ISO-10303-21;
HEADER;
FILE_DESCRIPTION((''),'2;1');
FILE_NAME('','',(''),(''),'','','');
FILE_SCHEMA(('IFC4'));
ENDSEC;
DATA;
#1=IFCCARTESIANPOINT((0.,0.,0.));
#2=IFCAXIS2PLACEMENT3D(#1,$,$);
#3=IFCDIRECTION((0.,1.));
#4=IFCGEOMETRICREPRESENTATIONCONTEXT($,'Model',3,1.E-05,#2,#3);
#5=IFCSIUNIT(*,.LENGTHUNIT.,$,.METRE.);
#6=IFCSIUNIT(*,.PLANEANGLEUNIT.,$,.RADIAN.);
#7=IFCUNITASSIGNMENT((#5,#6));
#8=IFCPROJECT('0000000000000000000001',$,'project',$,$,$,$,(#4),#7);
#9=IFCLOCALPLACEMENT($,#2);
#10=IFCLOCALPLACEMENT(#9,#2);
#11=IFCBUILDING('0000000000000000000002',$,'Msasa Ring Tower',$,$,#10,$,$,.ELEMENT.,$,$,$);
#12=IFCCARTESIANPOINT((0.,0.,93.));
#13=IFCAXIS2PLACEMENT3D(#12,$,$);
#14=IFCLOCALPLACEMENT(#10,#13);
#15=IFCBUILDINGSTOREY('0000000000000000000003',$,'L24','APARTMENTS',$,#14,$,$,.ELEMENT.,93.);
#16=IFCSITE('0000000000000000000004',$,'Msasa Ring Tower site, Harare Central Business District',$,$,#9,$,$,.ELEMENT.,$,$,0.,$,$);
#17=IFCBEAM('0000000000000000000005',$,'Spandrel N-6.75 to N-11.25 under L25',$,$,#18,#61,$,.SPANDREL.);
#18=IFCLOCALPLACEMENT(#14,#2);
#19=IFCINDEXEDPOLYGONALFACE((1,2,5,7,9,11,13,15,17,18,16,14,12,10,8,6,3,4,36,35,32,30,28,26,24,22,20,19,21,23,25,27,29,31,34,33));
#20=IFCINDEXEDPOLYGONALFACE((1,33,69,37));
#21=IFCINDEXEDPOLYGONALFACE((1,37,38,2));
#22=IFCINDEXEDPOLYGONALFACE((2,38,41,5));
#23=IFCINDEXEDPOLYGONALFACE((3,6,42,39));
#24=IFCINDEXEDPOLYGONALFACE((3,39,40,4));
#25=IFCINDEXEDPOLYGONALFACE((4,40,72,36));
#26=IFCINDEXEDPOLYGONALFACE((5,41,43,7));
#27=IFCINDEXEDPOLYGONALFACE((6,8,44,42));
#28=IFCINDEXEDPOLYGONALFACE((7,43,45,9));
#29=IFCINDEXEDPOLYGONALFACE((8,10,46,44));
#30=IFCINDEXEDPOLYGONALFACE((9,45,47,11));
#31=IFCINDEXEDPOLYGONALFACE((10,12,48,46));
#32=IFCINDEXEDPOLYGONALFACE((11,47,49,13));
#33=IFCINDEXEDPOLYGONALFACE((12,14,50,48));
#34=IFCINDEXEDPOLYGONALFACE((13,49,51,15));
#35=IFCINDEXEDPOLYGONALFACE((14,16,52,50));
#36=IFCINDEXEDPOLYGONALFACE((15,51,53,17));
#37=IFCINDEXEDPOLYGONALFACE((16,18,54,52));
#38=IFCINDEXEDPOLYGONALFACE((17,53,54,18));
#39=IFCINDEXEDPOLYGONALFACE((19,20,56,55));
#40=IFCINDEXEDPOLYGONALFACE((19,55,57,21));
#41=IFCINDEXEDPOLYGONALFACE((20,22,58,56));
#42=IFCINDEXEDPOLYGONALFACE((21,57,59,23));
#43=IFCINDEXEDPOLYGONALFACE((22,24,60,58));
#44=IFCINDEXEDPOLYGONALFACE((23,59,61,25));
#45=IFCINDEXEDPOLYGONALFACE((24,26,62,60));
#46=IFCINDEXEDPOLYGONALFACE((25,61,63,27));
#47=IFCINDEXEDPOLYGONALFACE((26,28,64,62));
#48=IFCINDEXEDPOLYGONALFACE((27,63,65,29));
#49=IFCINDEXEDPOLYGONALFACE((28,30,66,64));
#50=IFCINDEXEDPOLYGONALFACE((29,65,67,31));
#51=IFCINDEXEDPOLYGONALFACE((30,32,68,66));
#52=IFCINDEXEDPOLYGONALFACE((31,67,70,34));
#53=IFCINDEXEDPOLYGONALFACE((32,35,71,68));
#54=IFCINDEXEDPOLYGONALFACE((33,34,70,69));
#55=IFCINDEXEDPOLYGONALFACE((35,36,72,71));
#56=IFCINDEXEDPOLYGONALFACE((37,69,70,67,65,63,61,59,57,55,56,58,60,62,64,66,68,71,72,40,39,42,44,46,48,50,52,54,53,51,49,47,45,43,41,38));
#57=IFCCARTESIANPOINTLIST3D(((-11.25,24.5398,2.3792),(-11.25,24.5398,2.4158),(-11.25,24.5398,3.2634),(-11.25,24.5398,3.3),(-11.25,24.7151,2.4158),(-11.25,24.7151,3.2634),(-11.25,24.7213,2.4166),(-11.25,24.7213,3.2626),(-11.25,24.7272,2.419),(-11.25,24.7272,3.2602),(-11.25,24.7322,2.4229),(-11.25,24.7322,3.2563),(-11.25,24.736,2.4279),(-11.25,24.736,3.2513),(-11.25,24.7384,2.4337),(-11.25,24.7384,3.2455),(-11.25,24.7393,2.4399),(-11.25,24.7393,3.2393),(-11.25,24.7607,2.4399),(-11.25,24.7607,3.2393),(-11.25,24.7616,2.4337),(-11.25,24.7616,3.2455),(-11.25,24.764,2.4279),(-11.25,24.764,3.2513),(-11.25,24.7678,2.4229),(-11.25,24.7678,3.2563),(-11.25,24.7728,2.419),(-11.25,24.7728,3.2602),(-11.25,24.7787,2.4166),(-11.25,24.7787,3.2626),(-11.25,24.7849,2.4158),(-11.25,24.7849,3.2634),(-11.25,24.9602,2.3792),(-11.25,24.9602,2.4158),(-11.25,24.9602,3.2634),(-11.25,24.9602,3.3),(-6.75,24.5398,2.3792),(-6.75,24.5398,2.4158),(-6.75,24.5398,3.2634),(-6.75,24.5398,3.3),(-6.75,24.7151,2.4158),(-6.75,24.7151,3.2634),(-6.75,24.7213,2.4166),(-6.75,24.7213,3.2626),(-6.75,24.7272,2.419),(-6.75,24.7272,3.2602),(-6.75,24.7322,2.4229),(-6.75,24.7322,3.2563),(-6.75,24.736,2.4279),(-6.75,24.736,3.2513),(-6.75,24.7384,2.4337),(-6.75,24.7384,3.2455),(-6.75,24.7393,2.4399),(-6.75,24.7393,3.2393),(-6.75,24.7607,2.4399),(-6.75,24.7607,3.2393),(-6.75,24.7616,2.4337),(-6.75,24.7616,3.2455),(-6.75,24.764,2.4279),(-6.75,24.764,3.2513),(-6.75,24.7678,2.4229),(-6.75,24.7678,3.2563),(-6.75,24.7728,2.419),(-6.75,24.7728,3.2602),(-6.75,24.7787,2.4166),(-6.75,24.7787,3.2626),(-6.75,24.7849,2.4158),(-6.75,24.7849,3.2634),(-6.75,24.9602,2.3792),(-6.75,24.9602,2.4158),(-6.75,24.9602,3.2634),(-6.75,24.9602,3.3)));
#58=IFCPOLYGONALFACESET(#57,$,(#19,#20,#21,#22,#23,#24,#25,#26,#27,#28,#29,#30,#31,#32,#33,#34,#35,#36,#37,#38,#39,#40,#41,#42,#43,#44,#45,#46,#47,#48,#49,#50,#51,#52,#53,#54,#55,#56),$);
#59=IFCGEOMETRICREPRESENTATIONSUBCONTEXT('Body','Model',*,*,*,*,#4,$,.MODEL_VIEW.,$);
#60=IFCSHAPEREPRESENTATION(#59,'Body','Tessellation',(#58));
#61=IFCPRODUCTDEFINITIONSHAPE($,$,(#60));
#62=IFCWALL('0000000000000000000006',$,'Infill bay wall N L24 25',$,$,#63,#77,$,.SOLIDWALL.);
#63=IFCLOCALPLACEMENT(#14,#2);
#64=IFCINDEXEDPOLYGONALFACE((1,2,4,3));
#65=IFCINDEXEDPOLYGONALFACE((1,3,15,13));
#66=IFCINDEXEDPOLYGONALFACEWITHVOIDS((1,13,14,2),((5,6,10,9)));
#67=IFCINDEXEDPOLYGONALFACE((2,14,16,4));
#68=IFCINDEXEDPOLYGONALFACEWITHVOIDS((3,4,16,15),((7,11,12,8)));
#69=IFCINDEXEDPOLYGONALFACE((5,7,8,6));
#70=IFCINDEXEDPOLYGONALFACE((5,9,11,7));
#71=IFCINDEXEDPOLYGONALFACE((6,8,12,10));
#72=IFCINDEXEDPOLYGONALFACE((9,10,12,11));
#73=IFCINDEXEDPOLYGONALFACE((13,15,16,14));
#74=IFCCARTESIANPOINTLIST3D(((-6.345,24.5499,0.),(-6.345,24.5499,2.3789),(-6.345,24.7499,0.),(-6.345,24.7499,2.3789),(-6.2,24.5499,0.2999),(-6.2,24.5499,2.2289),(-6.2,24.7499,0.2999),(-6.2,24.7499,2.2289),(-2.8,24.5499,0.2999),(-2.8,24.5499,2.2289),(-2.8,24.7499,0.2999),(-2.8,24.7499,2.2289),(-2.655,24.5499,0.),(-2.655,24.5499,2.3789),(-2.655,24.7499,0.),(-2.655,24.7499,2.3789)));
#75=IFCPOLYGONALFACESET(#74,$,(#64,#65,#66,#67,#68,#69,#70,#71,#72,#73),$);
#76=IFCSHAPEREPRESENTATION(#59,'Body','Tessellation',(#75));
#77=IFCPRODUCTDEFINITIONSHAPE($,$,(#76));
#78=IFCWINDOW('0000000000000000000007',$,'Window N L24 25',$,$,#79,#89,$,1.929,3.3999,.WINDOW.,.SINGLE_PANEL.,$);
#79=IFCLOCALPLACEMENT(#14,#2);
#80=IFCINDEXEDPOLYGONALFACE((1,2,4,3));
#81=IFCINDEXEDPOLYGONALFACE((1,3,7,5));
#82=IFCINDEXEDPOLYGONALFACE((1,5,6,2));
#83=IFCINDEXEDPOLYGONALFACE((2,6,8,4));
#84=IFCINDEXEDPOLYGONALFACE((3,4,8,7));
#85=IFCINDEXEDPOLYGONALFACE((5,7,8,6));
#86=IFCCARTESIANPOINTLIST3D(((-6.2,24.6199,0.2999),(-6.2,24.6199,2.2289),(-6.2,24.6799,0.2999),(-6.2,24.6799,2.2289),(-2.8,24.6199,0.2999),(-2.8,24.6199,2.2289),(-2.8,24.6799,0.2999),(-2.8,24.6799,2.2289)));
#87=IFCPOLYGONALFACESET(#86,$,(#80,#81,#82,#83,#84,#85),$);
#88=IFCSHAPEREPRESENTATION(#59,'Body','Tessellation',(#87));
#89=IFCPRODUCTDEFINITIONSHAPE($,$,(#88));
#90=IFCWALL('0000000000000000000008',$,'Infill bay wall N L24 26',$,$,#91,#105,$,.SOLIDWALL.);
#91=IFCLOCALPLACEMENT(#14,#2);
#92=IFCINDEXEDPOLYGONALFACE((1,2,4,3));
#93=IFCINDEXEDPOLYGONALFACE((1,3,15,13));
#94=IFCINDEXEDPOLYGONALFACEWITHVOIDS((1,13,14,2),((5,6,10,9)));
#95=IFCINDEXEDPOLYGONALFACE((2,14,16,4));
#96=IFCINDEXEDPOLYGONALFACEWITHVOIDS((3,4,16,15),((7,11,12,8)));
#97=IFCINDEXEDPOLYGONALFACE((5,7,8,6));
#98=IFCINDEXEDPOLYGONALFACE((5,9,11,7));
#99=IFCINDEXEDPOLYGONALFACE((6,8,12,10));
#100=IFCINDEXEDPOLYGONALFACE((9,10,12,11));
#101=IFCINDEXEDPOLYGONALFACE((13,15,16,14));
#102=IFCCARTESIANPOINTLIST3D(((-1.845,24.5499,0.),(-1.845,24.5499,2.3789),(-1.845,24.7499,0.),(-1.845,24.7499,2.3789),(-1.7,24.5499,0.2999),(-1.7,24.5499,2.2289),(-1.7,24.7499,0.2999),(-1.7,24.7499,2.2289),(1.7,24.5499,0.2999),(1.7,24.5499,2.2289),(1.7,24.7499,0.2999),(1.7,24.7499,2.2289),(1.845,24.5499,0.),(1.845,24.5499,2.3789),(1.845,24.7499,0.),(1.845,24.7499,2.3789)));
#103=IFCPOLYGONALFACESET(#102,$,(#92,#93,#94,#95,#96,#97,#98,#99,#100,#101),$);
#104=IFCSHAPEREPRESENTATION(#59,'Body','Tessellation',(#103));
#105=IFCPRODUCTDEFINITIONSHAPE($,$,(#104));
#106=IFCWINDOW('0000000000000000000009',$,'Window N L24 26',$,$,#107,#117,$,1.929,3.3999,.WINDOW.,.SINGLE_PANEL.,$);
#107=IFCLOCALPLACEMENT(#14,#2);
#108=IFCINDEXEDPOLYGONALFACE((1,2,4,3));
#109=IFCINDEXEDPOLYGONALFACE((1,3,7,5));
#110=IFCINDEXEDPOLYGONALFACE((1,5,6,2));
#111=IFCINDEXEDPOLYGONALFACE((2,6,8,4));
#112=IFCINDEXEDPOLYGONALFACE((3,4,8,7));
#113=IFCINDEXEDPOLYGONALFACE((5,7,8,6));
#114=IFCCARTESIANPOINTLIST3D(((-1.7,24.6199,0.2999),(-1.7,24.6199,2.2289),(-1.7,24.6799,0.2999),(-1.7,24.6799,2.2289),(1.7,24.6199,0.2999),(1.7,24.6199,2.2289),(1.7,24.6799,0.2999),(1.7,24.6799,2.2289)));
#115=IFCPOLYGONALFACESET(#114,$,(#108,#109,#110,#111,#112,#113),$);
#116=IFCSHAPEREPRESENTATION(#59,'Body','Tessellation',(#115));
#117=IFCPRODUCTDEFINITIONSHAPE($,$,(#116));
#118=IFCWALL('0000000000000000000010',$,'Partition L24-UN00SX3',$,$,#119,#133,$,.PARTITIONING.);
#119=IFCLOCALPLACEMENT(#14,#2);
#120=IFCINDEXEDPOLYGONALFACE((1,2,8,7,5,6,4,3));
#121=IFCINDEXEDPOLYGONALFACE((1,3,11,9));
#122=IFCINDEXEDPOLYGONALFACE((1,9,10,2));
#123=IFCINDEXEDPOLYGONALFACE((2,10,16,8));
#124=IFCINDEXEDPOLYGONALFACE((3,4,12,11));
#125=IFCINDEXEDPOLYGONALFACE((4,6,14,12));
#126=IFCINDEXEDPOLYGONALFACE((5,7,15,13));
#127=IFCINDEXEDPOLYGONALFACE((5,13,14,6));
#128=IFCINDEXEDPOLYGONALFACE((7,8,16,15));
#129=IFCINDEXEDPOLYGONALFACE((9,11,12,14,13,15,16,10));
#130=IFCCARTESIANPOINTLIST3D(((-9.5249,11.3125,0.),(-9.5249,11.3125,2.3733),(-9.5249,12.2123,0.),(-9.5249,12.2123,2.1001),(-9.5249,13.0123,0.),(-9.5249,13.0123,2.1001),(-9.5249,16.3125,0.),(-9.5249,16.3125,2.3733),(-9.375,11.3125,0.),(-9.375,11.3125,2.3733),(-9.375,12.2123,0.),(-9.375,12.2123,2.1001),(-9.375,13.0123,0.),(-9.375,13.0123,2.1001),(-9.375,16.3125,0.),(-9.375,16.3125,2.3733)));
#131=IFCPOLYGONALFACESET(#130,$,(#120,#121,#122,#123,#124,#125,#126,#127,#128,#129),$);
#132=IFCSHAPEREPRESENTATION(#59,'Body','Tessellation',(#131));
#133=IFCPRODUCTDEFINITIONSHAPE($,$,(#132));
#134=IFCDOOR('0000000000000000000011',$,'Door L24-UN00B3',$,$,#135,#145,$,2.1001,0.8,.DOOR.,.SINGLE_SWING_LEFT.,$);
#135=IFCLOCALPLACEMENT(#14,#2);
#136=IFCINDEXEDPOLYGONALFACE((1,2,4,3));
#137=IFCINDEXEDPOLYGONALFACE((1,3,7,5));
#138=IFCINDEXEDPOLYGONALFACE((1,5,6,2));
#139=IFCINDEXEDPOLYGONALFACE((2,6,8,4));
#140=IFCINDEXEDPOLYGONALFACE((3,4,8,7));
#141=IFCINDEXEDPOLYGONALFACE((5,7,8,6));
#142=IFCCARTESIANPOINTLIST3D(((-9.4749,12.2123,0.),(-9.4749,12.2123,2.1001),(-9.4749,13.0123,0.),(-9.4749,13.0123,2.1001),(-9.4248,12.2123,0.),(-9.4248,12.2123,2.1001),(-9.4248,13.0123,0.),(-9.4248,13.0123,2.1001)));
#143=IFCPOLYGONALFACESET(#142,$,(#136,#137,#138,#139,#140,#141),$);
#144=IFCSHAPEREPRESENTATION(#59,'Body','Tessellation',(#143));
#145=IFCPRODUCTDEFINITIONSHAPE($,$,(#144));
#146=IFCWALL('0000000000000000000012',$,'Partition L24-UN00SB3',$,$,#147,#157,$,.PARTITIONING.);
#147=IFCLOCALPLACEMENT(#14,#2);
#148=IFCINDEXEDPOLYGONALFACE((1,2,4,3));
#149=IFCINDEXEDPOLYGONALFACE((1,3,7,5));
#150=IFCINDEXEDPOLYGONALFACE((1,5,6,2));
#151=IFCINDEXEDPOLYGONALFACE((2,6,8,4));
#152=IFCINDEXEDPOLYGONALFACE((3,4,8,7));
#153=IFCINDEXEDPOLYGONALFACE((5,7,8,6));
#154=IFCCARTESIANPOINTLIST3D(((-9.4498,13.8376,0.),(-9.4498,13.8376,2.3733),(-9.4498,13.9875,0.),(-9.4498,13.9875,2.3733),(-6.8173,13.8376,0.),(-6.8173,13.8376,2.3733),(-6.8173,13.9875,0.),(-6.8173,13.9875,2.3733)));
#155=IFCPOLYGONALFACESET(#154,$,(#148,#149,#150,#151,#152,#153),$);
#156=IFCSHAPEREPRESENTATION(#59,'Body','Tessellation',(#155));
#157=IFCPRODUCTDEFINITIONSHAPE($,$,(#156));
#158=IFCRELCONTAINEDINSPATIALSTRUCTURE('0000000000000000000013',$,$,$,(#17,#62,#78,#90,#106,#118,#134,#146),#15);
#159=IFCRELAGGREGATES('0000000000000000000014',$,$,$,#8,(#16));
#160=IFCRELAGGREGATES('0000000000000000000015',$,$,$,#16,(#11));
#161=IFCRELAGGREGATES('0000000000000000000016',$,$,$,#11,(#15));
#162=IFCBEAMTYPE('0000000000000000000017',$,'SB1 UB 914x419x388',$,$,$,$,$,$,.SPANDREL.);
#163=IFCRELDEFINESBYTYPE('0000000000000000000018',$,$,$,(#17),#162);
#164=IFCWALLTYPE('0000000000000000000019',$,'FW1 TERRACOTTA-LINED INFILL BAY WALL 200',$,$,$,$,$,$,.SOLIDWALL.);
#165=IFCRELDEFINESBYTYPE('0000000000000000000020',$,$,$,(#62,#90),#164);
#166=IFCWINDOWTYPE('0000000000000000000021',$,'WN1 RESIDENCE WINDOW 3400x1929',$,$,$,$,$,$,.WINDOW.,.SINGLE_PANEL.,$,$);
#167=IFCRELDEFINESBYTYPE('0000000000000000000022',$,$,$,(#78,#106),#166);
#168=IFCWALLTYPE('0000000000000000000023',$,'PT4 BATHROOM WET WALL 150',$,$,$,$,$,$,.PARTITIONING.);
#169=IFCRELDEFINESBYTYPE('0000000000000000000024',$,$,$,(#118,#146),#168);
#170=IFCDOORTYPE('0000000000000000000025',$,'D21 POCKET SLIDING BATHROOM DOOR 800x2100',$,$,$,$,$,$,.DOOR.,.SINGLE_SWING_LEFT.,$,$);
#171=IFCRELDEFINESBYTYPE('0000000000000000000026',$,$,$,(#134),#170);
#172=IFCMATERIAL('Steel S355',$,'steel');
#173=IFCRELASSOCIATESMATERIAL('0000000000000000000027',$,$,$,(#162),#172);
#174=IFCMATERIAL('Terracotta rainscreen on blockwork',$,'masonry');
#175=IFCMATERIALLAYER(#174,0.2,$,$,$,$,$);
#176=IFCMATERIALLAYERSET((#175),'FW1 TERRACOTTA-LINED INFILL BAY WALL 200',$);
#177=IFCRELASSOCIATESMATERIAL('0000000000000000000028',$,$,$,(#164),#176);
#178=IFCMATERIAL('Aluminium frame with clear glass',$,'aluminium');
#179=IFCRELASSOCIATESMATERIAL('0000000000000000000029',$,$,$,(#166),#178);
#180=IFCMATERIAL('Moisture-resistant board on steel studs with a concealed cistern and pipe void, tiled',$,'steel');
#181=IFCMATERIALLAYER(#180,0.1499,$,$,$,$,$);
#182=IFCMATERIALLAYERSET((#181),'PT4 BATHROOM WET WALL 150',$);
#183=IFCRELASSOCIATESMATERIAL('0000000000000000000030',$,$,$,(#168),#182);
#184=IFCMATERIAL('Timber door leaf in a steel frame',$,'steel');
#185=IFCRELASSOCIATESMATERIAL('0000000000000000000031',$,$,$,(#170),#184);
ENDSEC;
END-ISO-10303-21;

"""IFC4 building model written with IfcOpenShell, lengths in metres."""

from ifc_helpers import new_model, si_unit, direction, frame, frame_2d, origin, origin_2d, place, context, subcontext, project, spatial, rectangle, i_section, extrude, material, layer, layer_set, material_profile, profile_set, type_object, element, fill, save


model = new_model("IFC4")

# Units and contexts
model_context = context("Model", 3, precision=1e-05, world=origin(), true_north=direction((0.0, 1.0)))
body_context = subcontext(model_context, "Body", "Model", "MODEL_VIEW")
ifc_project = project(units=[si_unit("LENGTHUNIT", "METRE"), si_unit("PLANEANGLEUNIT", "RADIAN")], contexts=[model_context])

# Site, building, storey
site_placement = place(None, origin())
site = spatial("IfcSite", under=ifc_project, at=site_placement, Name="Msasa Ring Tower site, Harare Central Business District", CompositionType="ELEMENT", RefElevation=0.0)
building_placement = place(site_placement, origin())
building = spatial("IfcBuilding", under=site, at=building_placement, Name="Msasa Ring Tower", CompositionType="ELEMENT")
storey_placement = place(building_placement, frame((0.0, 0.0, 93.0)))
storey = spatial("IfcBuildingStorey", under=building, at=storey_placement, Name="L24", Description="APARTMENTS", CompositionType="ELEMENT", Elevation=93.0)

# Beam
ifc_material_1 = material(Name="Steel S355", Category="steel")
ifc_material_profile_1 = material_profile(ifc_material_1, i_section(OverallWidth=0.4204, OverallDepth=0.9209, WebThickness=0.0215, FlangeThickness=0.0366, FilletRadius=0.0242, at=origin_2d()), Name="UB 914x419x388")
ifc_profile_set_1 = profile_set([ifc_material_profile_1], Name="Steel S355")
beam_type_1 = type_object("IfcBeamType", Name="SB1 UB 914x419x388", PredefinedType="SPANDREL", material=ifc_profile_set_1)
for number, where, z_axis, x_axis, name in (
    (1, (-6.75, 24.75, 2.8396), (-1.0, 0.0, 0.0), (0.0, -1.0, 0.0), "Spandrel N-6.75 to N-11.25 under L25"),
):
    element("IfcBeam", number, at=place(storey_placement, frame(where, z_axis=z_axis, x_axis=x_axis)), inside=storey, type_object=beam_type_1, Name=name, PredefinedType="SPANDREL", context=body_context, shape_type="SweptSolid", body=[
        extrude(i_section(OverallWidth=0.4204, OverallDepth=0.9209, WebThickness=0.0215, FlangeThickness=0.0366, FilletRadius=0.0242, at=origin_2d()), origin(), (0.0, 0.0, 1.0), 4.5),
    ])

# Walls, openings, windows
ifc_material_2 = material(Name="Terracotta rainscreen on blockwork", Category="masonry")
ifc_layer_1 = layer(ifc_material_2, 0.2)
ifc_layer_set_1 = layer_set([ifc_layer_1], Name="FW1 TERRACOTTA-LINED INFILL BAY WALL 200")
wall_type_1 = type_object("IfcWallType", Name="FW1 TERRACOTTA-LINED INFILL BAY WALL 200", PredefinedType="SOLIDWALL", material=ifc_layer_set_1)
wall_1_placement = place(storey_placement, frame((-6.345, 24.6499, 0.0), z_axis=(0.0, 0.0, 1.0), x_axis=(1.0, 0.0, 0.0)))
wall_1 = element("IfcWall", 2, at=wall_1_placement, inside=storey, type_object=wall_type_1, Name="Infill bay wall N L24 25", PredefinedType="SOLIDWALL", context=body_context, shape_type="SweptSolid", body=[
    extrude(rectangle(XDim=3.6899, YDim=0.2, at=frame_2d((1.845, 0.0))), origin(), (0.0, 0.0, 1.0), 2.3789),
])
opening_1_placement = place(wall_1_placement, frame((0.145, 0.0, 0.3)))
opening_1 = element("IfcOpeningElement", 3, at=opening_1_placement, cuts=wall_1, PredefinedType="OPENING", context=body_context, shape_type="SweptSolid", body=[
    extrude(rectangle(XDim=3.3999, YDim=1.929, at=frame_2d((1.7, 0.9644))), frame((0.0, 0.1099, 0.0), z_axis=(0.0, -1.0, 0.0), x_axis=(1.0, 0.0, 0.0)), (0.0, 0.0, 1.0), 0.22),
])
ifc_material_3 = material(Name="Aluminium frame with clear glass", Category="aluminium")
window_type = type_object("IfcWindowType", Name="WN1 RESIDENCE WINDOW 3400x1929", PartitioningType="SINGLE_PANEL", PredefinedType="WINDOW", material=ifc_material_3)
window_1_placement = place(opening_1_placement, origin())
window_1 = element("IfcWindow", 4, at=window_1_placement, inside=storey, type_object=window_type, Name="Window N L24 25", OverallHeight=1.929, OverallWidth=3.3999, PartitioningType="SINGLE_PANEL", PredefinedType="WINDOW", context=body_context, shape_type="SweptSolid", body=[
    extrude(rectangle(XDim=3.3999, YDim=1.929, at=frame_2d((1.7, 0.9644))), frame((0.0, 0.03, 0.0), z_axis=(0.0, -1.0, 0.0), x_axis=(1.0, 0.0, 0.0)), (0.0, 0.0, 1.0), 0.0601),
])
fill(opening_1, window_1)
wall_2_placement = place(storey_placement, frame((-1.845, 24.6499, 0.0), z_axis=(0.0, 0.0, 1.0), x_axis=(1.0, 0.0, 0.0)))
wall_2 = element("IfcWall", 5, at=wall_2_placement, inside=storey, type_object=wall_type_1, Name="Infill bay wall N L24 26", PredefinedType="SOLIDWALL", context=body_context, shape_type="SweptSolid", body=[
    extrude(rectangle(XDim=3.6899, YDim=0.2, at=frame_2d((1.845, 0.0))), origin(), (0.0, 0.0, 1.0), 2.3789),
])
opening_2_placement = place(wall_2_placement, frame((0.145, 0.0, 0.3)))
opening_2 = element("IfcOpeningElement", 6, at=opening_2_placement, cuts=wall_2, PredefinedType="OPENING", context=body_context, shape_type="SweptSolid", body=[
    extrude(rectangle(XDim=3.3999, YDim=1.929, at=frame_2d((1.7, 0.9644))), frame((0.0, 0.1099, 0.0), z_axis=(0.0, -1.0, 0.0), x_axis=(1.0, 0.0, 0.0)), (0.0, 0.0, 1.0), 0.22),
])
window_2_placement = place(opening_2_placement, origin())
window_2 = element("IfcWindow", 7, at=window_2_placement, inside=storey, type_object=window_type, Name="Window N L24 26", OverallHeight=1.929, OverallWidth=3.3999, PartitioningType="SINGLE_PANEL", PredefinedType="WINDOW", context=body_context, shape_type="SweptSolid", body=[
    extrude(rectangle(XDim=3.3999, YDim=1.929, at=frame_2d((1.7, 0.9644))), frame((0.0, 0.03, 0.0), z_axis=(0.0, -1.0, 0.0), x_axis=(1.0, 0.0, 0.0)), (0.0, 0.0, 1.0), 0.0601),
])
fill(opening_2, window_2)

# Wall, opening, door
ifc_material_4 = material(Name="Moisture-resistant board on steel studs with a concealed cistern and pipe void, tiled", Category="steel")
ifc_layer_2 = layer(ifc_material_4, 0.1499)
ifc_layer_set_2 = layer_set([ifc_layer_2], Name="PT4 BATHROOM WET WALL 150")
wall_type_2 = type_object("IfcWallType", Name="PT4 BATHROOM WET WALL 150", PredefinedType="PARTITIONING", material=ifc_layer_set_2)
wall_3_placement = place(storey_placement, frame((-9.45, 11.3125, 0.0), z_axis=(0.0, 0.0, 1.0), x_axis=(0.0, 1.0, 0.0)))
wall_3 = element("IfcWall", 8, at=wall_3_placement, inside=storey, type_object=wall_type_2, Name="Partition L24-UN00SX3", PredefinedType="PARTITIONING", context=body_context, shape_type="SweptSolid", body=[
    extrude(rectangle(XDim=5.0, YDim=0.1499, at=frame_2d((2.5, 0.0))), origin(), (0.0, 0.0, 1.0), 2.3733),
])
opening_3_placement = place(wall_3_placement, frame((0.8999, 0.0, 0.0)))
opening_3 = element("IfcOpeningElement", 9, at=opening_3_placement, cuts=wall_3, PredefinedType="OPENING", context=body_context, shape_type="SweptSolid", body=[
    extrude(rectangle(XDim=0.8, YDim=2.1001, at=frame_2d((0.3999, 1.05))), frame((0.0, 0.085, 0.0), z_axis=(0.0, -1.0, 0.0), x_axis=(1.0, 0.0, 0.0)), (0.0, 0.0, 1.0), 0.1699),
])
ifc_material_5 = material(Name="Timber door leaf in a steel frame", Category="steel")
door_type_1 = type_object("IfcDoorType", Name="D21 POCKET SLIDING BATHROOM DOOR 800x2100", OperationType="SINGLE_SWING_LEFT", PredefinedType="DOOR", material=ifc_material_5)
door_1_placement = place(opening_3_placement, origin())
door_1 = element("IfcDoor", 10, at=door_1_placement, inside=storey, type_object=door_type_1, Name="Door L24-UN00B3", OperationType="SINGLE_SWING_LEFT", OverallHeight=2.1001, OverallWidth=0.8, PredefinedType="DOOR", context=body_context, shape_type="SweptSolid", body=[
    extrude(rectangle(XDim=0.8, YDim=2.1001, at=frame_2d((0.3999, 1.05))), frame((0.0, 0.0249, 0.0), z_axis=(0.0, -1.0, 0.0), x_axis=(1.0, 0.0, 0.0)), (0.0, 0.0, 1.0), 0.05),
])
fill(opening_3, door_1)

# Wall
wall_4_placement = place(storey_placement, frame((-9.45, 13.9126, 0.0), z_axis=(0.0, 0.0, 1.0), x_axis=(1.0, 0.0, 0.0)))
element("IfcWall", 11, at=wall_4_placement, inside=storey, type_object=wall_type_2, Name="Partition L24-UN00SB3", PredefinedType="PARTITIONING", context=body_context, shape_type="SweptSolid", body=[
    extrude(rectangle(XDim=2.6326, YDim=0.1499, at=frame_2d((1.3164, 0.0))), origin(), (0.0, 0.0, 1.0), 2.3733),
])

save(model, "model.ifc")
